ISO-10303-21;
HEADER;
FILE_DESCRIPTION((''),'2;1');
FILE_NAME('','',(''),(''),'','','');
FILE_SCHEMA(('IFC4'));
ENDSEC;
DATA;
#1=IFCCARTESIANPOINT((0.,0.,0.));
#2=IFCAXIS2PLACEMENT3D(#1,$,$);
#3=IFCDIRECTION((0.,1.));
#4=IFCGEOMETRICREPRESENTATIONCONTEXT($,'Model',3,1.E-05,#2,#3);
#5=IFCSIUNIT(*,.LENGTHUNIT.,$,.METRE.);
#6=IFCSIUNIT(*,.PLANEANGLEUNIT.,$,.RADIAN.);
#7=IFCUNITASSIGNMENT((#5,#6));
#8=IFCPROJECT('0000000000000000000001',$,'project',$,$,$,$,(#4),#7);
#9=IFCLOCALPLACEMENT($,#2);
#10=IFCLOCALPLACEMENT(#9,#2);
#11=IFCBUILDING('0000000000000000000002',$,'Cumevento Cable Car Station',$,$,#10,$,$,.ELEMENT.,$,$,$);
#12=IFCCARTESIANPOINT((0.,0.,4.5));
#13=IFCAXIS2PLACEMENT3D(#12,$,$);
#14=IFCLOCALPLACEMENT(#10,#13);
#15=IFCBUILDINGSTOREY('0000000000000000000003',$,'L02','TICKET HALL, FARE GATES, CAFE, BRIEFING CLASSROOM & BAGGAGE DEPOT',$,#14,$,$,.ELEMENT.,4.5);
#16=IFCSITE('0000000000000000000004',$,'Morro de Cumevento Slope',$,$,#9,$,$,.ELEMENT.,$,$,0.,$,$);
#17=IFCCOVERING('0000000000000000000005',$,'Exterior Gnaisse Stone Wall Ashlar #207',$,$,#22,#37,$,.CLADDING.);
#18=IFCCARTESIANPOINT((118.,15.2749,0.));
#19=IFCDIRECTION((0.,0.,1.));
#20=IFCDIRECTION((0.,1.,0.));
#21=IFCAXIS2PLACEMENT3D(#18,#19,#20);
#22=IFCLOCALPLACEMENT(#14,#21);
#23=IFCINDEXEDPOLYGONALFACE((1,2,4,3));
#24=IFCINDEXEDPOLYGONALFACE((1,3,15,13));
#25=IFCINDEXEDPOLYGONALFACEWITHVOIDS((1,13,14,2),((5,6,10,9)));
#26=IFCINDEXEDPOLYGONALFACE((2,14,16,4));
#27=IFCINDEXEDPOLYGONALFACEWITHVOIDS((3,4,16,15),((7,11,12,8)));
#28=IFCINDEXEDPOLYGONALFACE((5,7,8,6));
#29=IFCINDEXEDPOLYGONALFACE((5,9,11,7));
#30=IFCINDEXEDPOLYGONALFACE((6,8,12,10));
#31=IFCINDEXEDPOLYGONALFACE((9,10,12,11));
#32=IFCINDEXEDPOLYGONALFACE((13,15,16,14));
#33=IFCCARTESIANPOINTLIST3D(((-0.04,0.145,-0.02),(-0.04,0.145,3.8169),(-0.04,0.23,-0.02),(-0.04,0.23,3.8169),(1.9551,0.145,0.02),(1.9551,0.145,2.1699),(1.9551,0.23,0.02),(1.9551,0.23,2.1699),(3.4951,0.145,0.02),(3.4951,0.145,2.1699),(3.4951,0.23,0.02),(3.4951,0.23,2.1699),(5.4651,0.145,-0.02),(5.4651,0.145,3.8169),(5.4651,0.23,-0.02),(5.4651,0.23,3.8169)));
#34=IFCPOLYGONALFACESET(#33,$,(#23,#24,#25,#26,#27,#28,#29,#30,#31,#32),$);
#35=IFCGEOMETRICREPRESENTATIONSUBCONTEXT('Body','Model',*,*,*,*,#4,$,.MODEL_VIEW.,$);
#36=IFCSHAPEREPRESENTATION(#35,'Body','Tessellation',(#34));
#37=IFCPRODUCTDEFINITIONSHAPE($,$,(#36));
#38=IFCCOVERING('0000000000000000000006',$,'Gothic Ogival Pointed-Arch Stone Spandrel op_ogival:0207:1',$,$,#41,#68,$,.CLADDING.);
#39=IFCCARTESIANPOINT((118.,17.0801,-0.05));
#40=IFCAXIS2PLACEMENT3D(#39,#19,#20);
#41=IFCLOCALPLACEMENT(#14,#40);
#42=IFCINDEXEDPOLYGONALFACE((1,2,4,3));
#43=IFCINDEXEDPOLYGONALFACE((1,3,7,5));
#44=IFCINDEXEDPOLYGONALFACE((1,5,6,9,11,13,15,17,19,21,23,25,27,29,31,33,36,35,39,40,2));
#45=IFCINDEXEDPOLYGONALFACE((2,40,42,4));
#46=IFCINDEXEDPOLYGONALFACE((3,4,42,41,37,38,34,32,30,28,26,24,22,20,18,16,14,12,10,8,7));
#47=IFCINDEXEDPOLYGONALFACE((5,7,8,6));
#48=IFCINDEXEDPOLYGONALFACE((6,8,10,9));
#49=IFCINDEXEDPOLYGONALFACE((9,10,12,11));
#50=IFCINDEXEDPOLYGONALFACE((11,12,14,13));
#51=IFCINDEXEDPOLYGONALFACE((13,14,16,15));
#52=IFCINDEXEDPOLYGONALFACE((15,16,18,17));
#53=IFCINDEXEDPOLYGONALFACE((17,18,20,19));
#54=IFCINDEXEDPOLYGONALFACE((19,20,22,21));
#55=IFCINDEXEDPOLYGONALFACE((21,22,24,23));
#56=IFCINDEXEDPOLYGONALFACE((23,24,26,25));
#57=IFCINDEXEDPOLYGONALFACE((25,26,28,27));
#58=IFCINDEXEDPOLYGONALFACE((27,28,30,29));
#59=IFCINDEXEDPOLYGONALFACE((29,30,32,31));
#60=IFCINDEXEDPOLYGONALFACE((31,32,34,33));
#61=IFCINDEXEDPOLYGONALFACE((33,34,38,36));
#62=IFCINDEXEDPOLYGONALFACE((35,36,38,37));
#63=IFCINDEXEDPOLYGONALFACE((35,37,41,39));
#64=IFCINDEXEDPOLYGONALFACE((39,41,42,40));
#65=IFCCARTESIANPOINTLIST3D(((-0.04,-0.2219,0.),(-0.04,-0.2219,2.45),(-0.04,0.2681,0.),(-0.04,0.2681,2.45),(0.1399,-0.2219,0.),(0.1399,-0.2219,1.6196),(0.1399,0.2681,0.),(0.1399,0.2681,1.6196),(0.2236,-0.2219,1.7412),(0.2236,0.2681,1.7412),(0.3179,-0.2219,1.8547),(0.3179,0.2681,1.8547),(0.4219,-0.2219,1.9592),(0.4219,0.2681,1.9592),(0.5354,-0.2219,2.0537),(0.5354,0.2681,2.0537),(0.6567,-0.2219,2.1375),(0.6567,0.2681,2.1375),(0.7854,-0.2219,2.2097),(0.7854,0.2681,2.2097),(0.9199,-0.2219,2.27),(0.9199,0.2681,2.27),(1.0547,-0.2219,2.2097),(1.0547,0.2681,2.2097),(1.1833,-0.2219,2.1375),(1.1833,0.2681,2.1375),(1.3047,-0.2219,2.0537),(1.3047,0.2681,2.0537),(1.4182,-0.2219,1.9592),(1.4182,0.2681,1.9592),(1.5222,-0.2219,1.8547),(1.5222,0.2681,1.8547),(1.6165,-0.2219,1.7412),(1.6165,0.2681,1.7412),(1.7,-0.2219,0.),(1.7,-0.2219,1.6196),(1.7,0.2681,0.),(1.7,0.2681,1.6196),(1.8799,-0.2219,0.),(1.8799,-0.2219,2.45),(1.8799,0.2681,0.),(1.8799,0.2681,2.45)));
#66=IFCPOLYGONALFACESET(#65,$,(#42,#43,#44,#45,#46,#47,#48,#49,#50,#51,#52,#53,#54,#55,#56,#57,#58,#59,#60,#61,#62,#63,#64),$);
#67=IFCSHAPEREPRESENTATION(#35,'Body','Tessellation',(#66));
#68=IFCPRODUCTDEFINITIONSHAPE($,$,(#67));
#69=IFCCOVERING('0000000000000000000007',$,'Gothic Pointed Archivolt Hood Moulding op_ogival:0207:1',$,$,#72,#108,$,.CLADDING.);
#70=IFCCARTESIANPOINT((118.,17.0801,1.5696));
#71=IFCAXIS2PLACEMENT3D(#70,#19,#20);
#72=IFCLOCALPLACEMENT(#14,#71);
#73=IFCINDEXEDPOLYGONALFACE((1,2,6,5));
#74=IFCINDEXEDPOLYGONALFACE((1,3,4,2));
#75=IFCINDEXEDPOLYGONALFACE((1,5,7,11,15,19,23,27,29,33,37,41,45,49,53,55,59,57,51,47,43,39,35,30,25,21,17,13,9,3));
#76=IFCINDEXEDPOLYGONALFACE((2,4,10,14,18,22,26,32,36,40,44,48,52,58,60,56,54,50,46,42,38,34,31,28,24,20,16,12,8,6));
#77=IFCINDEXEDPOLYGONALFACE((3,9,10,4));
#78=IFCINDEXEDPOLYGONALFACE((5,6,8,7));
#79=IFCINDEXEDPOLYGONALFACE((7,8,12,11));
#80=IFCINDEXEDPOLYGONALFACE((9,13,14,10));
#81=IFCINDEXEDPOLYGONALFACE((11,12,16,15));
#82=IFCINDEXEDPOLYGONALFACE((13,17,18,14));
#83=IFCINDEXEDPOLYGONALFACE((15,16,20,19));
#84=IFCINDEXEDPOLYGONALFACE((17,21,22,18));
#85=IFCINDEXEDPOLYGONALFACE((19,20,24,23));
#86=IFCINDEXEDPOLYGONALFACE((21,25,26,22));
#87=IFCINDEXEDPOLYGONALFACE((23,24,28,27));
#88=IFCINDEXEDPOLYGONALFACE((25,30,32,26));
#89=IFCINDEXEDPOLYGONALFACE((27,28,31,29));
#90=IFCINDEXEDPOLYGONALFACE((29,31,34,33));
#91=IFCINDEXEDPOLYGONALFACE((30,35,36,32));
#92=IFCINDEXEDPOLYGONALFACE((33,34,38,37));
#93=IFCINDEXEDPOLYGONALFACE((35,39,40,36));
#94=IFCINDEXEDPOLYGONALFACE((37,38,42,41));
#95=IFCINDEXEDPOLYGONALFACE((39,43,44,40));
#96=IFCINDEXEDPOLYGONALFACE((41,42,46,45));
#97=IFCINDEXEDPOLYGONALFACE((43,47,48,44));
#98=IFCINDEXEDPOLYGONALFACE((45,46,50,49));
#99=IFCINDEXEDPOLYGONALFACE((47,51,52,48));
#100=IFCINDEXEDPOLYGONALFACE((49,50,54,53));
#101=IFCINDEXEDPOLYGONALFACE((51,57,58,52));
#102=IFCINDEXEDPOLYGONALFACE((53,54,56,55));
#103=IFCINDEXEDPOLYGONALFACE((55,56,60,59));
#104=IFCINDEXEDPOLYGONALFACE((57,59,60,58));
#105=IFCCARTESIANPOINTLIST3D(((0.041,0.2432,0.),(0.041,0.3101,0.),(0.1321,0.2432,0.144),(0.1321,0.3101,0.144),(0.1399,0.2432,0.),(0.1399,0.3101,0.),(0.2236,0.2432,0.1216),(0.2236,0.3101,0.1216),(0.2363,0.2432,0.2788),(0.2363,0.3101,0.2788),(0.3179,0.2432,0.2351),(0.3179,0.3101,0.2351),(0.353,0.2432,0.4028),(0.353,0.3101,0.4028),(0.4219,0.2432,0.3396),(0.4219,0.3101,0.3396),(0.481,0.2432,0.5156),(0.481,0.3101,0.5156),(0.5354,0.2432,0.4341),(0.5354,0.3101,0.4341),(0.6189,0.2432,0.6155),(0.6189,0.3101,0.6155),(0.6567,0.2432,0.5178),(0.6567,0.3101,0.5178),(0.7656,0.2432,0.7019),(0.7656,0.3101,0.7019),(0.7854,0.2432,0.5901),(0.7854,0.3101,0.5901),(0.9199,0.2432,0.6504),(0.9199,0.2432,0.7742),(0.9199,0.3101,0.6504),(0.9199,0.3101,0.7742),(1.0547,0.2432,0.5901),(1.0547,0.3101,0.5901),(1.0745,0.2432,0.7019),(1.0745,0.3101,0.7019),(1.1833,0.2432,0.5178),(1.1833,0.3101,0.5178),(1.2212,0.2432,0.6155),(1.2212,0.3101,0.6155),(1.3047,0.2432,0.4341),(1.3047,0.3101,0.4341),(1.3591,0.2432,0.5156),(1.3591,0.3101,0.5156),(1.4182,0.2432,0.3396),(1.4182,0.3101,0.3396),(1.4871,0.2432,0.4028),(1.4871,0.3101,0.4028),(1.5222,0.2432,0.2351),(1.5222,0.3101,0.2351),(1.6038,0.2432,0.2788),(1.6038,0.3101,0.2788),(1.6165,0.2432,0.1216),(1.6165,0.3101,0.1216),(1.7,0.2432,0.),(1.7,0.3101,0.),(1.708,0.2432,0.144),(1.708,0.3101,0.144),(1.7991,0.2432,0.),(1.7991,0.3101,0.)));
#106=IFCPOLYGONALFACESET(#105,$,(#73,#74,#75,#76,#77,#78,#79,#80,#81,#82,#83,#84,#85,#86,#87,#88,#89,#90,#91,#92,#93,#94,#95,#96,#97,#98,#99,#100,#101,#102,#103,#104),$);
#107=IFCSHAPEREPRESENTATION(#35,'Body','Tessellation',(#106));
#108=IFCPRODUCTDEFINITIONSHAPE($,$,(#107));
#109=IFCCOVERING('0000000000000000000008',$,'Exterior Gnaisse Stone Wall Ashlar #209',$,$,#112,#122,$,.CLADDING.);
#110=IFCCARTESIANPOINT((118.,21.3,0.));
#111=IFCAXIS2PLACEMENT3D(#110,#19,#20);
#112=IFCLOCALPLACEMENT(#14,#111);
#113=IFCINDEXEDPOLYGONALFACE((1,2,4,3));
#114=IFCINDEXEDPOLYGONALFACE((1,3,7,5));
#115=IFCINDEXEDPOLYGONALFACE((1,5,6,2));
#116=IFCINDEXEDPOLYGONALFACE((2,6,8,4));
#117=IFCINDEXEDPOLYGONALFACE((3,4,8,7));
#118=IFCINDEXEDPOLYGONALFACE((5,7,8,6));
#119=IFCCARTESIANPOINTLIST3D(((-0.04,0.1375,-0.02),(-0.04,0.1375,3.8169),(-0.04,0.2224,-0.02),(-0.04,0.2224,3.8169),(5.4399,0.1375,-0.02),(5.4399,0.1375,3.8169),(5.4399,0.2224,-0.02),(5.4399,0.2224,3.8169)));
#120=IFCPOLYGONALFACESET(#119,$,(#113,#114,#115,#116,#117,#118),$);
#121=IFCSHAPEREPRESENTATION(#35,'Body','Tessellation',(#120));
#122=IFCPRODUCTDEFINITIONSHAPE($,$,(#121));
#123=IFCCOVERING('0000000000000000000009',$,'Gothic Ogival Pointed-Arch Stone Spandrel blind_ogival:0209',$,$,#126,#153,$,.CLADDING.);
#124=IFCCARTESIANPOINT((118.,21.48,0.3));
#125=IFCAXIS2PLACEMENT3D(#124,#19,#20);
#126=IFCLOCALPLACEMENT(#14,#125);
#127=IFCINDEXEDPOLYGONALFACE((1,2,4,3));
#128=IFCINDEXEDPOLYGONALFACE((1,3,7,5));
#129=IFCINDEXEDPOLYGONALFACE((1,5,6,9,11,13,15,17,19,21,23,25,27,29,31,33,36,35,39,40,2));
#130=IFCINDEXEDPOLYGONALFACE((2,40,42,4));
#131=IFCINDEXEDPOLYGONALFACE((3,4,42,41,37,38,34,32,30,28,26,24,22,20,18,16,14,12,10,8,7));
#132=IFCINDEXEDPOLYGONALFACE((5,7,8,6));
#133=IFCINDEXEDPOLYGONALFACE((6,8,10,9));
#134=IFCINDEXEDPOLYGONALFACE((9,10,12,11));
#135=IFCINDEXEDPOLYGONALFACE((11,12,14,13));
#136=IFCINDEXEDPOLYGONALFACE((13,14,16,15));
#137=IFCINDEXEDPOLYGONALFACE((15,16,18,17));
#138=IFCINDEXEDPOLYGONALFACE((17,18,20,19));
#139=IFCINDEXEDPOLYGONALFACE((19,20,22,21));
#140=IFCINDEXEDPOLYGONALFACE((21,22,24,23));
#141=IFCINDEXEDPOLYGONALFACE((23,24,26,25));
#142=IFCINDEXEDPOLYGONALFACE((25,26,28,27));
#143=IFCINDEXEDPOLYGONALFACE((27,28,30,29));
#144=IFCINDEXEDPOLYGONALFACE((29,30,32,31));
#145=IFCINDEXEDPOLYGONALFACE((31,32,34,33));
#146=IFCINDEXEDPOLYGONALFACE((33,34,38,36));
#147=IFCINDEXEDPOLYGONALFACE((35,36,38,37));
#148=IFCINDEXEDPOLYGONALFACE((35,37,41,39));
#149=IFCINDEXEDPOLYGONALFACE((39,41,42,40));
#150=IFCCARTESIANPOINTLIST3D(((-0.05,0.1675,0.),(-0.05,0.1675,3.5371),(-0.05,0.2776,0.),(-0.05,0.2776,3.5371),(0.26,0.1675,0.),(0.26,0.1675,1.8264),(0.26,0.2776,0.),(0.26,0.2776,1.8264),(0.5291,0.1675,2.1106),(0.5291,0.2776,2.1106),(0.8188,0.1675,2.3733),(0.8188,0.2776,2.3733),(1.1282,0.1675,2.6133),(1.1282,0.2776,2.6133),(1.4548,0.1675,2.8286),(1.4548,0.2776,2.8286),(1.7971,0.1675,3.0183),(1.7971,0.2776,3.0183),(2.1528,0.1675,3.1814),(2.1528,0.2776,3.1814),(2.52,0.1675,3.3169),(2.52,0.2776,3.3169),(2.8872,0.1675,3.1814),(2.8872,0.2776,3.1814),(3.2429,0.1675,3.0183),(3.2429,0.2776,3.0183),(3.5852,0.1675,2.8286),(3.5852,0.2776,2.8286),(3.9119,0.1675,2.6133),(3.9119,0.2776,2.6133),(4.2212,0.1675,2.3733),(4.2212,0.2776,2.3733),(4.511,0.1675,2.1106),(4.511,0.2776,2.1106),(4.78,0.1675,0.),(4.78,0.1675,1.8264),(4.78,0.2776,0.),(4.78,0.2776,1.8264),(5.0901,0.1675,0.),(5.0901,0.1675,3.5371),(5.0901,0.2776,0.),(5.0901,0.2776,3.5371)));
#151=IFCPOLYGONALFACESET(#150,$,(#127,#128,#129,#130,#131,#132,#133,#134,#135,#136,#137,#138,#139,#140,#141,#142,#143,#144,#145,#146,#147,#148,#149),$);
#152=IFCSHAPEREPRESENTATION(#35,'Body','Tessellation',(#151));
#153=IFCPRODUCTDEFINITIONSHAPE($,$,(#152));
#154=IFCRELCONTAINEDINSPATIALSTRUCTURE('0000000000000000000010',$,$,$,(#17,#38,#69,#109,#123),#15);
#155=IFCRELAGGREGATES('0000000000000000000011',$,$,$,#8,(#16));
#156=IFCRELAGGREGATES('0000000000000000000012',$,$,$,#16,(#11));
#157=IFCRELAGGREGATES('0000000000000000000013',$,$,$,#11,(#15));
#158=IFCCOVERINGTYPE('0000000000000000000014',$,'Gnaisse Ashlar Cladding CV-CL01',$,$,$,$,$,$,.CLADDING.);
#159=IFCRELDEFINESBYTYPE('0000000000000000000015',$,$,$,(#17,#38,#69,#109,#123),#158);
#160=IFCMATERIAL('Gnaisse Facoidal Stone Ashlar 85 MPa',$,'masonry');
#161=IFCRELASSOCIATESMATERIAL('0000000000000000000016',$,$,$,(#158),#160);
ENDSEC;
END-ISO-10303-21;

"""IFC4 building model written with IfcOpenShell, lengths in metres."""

from ifc_helpers import new_model, si_unit, direction, frame, origin, place, context, subcontext, project, spatial, polyline, outline, extrude, material, type_object, element, save


model = new_model("IFC4")

# Units and contexts
model_context = context("Model", 3, precision=1e-05, world=origin(), true_north=direction((0.0, 1.0)))
body_context = subcontext(model_context, "Body", "Model", "MODEL_VIEW")
ifc_project = project(units=[si_unit("LENGTHUNIT", "METRE"), si_unit("PLANEANGLEUNIT", "RADIAN")], contexts=[model_context])

# Site, building, storey
site_placement = place(None, origin())
site = spatial("IfcSite", under=ifc_project, at=site_placement, Name="Morro de Cumevento Slope", CompositionType="ELEMENT", RefElevation=0.0)
building_placement = place(site_placement, origin())
building = spatial("IfcBuilding", under=site, at=building_placement, Name="Cumevento Cable Car Station", CompositionType="ELEMENT")
storey_placement = place(building_placement, frame((0.0, 0.0, 4.5)))
storey = spatial("IfcBuildingStorey", under=building, at=storey_placement, Name="L02", Description="TICKET HALL, FARE GATES, CAFE, BRIEFING CLASSROOM & BAGGAGE DEPOT", CompositionType="ELEMENT", Elevation=4.5)

# Coverings
ifc_material_1 = material(Name="Gnaisse Facoidal Stone Ashlar 85 MPa", Category="masonry")
covering_type = type_object("IfcCoveringType", Name="Gnaisse Ashlar Cladding CV-CL01", PredefinedType="CLADDING", material=ifc_material_1)
covering_1_placement = place(storey_placement, frame((118.0, 15.2749, 0.0), z_axis=(0.0, 0.0, 1.0), x_axis=(0.0, 1.0, 0.0)))
element("IfcCovering", 1, at=covering_1_placement, inside=storey, type_object=covering_type, Name="Exterior Gnaisse Stone Wall Ashlar #207", PredefinedType="CLADDING", context=body_context, shape_type="SweptSolid", body=[
    extrude(outline(polyline([(-0.04, -0.02), (5.4651, -0.02), (5.4651, 3.8169), (-0.04, 3.8169), (-0.04, -0.02)]), holes=[polyline([(1.9551, 0.02), (3.4951, 0.02), (3.4951, 2.1699), (1.9551, 2.1699), (1.9551, 0.02)])]), frame((0.0, 0.23, 0.0), z_axis=(0.0, -1.0, 0.0), x_axis=(1.0, 0.0, 0.0)), (0.0, 0.0, 1.0), 0.085),
])
covering_2_placement = place(storey_placement, frame((118.0, 17.0801, -0.05), z_axis=(0.0, 0.0, 1.0), x_axis=(0.0, 1.0, 0.0)))
element("IfcCovering", 2, at=covering_2_placement, inside=storey, type_object=covering_type, Name="Gothic Ogival Pointed-Arch Stone Spandrel op_ogival:0207:1", PredefinedType="CLADDING", context=body_context, shape_type="SweptSolid", body=[
    extrude(outline(polyline([(-0.04, 0.0), (-0.04, 2.45), (1.8799, 2.45), (1.8799, 0.0), (1.7, 0.0), (1.7, 1.6196), (1.6165, 1.7412), (1.5222, 1.8547), (1.4182, 1.9592), (1.3047, 2.0537), (1.1833, 2.1375), (1.0547, 2.2097), (0.9199, 2.27), (0.7854, 2.2097), (0.6567, 2.1375), (0.5354, 2.0537), (0.4219, 1.9592), (0.3179, 1.8547), (0.2236, 1.7412), (0.1399, 1.6196), (0.1399, 0.0), (-0.04, 0.0)])), frame((0.0, 0.2681, 0.0), z_axis=(0.0, -1.0, 0.0), x_axis=(1.0, 0.0, 0.0)), (0.0, 0.0, 1.0), 0.49),
])
covering_3_placement = place(storey_placement, frame((118.0, 17.0801, 1.5696), z_axis=(0.0, 0.0, 1.0), x_axis=(0.0, 1.0, 0.0)))
element("IfcCovering", 3, at=covering_3_placement, inside=storey, type_object=covering_type, Name="Gothic Pointed Archivolt Hood Moulding op_ogival:0207:1", PredefinedType="CLADDING", context=body_context, shape_type="SweptSolid", body=[
    extrude(outline(polyline([(0.1399, 0.0), (0.2236, 0.1216), (0.3179, 0.2351), (0.4219, 0.3396), (0.5354, 0.4341), (0.6567, 0.5178), (0.7854, 0.5901), (0.9199, 0.6504), (1.0547, 0.5901), (1.1833, 0.5178), (1.3047, 0.4341), (1.4182, 0.3396), (1.5222, 0.2351), (1.6165, 0.1216), (1.7, 0.0), (1.7991, 0.0), (1.708, 0.144), (1.6038, 0.2788), (1.4871, 0.4028), (1.3591, 0.5156), (1.2212, 0.6155), (1.0745, 0.7019), (0.9199, 0.7742), (0.7656, 0.7019), (0.6189, 0.6155), (0.481, 0.5156), (0.353, 0.4028), (0.2363, 0.2788), (0.1321, 0.144), (0.041, 0.0), (0.1399, 0.0)])), frame((0.0, 0.3101, 0.0), z_axis=(0.0, -1.0, 0.0), x_axis=(1.0, 0.0, 0.0)), (0.0, 0.0, 1.0), 0.0669),
])
covering_4_placement = place(storey_placement, frame((118.0, 21.3, 0.0), z_axis=(0.0, 0.0, 1.0), x_axis=(0.0, 1.0, 0.0)))
element("IfcCovering", 4, at=covering_4_placement, inside=storey, type_object=covering_type, Name="Exterior Gnaisse Stone Wall Ashlar #209", PredefinedType="CLADDING", context=body_context, shape_type="SweptSolid", body=[
    extrude(outline(polyline([(-0.04, -0.02), (5.4399, -0.02), (5.4399, 3.8169), (-0.04, 3.8169), (-0.04, -0.02)])), frame((0.0, 0.2224, 0.0), z_axis=(0.0, -1.0, 0.0), x_axis=(1.0, 0.0, 0.0)), (0.0, 0.0, 1.0), 0.085),
])
placement = place(storey_placement, frame((118.0, 21.48, 0.3), z_axis=(0.0, 0.0, 1.0), x_axis=(0.0, 1.0, 0.0)))
element("IfcCovering", 5, at=placement, inside=storey, type_object=covering_type, Name="Gothic Ogival Pointed-Arch Stone Spandrel blind_ogival:0209", PredefinedType="CLADDING", context=body_context, shape_type="SweptSolid", body=[
    extrude(outline(polyline([(-0.05, 0.0), (-0.05, 3.5371), (5.0901, 3.5371), (5.0901, 0.0), (4.78, 0.0), (4.78, 1.8264), (4.511, 2.1106), (4.2212, 2.3733), (3.9119, 2.6133), (3.5852, 2.8286), (3.2429, 3.0183), (2.8872, 3.1814), (2.52, 3.3169), (2.1528, 3.1814), (1.7971, 3.0183), (1.4548, 2.8286), (1.1282, 2.6133), (0.8188, 2.3733), (0.5291, 2.1106), (0.26, 1.8264), (0.26, 0.0), (-0.05, 0.0)])), frame((0.0, 0.2776, 0.0), z_axis=(0.0, -1.0, 0.0), x_axis=(1.0, 0.0, 0.0)), (0.0, 0.0, 1.0), 0.1101),
])

save(model, "model.ifc")
